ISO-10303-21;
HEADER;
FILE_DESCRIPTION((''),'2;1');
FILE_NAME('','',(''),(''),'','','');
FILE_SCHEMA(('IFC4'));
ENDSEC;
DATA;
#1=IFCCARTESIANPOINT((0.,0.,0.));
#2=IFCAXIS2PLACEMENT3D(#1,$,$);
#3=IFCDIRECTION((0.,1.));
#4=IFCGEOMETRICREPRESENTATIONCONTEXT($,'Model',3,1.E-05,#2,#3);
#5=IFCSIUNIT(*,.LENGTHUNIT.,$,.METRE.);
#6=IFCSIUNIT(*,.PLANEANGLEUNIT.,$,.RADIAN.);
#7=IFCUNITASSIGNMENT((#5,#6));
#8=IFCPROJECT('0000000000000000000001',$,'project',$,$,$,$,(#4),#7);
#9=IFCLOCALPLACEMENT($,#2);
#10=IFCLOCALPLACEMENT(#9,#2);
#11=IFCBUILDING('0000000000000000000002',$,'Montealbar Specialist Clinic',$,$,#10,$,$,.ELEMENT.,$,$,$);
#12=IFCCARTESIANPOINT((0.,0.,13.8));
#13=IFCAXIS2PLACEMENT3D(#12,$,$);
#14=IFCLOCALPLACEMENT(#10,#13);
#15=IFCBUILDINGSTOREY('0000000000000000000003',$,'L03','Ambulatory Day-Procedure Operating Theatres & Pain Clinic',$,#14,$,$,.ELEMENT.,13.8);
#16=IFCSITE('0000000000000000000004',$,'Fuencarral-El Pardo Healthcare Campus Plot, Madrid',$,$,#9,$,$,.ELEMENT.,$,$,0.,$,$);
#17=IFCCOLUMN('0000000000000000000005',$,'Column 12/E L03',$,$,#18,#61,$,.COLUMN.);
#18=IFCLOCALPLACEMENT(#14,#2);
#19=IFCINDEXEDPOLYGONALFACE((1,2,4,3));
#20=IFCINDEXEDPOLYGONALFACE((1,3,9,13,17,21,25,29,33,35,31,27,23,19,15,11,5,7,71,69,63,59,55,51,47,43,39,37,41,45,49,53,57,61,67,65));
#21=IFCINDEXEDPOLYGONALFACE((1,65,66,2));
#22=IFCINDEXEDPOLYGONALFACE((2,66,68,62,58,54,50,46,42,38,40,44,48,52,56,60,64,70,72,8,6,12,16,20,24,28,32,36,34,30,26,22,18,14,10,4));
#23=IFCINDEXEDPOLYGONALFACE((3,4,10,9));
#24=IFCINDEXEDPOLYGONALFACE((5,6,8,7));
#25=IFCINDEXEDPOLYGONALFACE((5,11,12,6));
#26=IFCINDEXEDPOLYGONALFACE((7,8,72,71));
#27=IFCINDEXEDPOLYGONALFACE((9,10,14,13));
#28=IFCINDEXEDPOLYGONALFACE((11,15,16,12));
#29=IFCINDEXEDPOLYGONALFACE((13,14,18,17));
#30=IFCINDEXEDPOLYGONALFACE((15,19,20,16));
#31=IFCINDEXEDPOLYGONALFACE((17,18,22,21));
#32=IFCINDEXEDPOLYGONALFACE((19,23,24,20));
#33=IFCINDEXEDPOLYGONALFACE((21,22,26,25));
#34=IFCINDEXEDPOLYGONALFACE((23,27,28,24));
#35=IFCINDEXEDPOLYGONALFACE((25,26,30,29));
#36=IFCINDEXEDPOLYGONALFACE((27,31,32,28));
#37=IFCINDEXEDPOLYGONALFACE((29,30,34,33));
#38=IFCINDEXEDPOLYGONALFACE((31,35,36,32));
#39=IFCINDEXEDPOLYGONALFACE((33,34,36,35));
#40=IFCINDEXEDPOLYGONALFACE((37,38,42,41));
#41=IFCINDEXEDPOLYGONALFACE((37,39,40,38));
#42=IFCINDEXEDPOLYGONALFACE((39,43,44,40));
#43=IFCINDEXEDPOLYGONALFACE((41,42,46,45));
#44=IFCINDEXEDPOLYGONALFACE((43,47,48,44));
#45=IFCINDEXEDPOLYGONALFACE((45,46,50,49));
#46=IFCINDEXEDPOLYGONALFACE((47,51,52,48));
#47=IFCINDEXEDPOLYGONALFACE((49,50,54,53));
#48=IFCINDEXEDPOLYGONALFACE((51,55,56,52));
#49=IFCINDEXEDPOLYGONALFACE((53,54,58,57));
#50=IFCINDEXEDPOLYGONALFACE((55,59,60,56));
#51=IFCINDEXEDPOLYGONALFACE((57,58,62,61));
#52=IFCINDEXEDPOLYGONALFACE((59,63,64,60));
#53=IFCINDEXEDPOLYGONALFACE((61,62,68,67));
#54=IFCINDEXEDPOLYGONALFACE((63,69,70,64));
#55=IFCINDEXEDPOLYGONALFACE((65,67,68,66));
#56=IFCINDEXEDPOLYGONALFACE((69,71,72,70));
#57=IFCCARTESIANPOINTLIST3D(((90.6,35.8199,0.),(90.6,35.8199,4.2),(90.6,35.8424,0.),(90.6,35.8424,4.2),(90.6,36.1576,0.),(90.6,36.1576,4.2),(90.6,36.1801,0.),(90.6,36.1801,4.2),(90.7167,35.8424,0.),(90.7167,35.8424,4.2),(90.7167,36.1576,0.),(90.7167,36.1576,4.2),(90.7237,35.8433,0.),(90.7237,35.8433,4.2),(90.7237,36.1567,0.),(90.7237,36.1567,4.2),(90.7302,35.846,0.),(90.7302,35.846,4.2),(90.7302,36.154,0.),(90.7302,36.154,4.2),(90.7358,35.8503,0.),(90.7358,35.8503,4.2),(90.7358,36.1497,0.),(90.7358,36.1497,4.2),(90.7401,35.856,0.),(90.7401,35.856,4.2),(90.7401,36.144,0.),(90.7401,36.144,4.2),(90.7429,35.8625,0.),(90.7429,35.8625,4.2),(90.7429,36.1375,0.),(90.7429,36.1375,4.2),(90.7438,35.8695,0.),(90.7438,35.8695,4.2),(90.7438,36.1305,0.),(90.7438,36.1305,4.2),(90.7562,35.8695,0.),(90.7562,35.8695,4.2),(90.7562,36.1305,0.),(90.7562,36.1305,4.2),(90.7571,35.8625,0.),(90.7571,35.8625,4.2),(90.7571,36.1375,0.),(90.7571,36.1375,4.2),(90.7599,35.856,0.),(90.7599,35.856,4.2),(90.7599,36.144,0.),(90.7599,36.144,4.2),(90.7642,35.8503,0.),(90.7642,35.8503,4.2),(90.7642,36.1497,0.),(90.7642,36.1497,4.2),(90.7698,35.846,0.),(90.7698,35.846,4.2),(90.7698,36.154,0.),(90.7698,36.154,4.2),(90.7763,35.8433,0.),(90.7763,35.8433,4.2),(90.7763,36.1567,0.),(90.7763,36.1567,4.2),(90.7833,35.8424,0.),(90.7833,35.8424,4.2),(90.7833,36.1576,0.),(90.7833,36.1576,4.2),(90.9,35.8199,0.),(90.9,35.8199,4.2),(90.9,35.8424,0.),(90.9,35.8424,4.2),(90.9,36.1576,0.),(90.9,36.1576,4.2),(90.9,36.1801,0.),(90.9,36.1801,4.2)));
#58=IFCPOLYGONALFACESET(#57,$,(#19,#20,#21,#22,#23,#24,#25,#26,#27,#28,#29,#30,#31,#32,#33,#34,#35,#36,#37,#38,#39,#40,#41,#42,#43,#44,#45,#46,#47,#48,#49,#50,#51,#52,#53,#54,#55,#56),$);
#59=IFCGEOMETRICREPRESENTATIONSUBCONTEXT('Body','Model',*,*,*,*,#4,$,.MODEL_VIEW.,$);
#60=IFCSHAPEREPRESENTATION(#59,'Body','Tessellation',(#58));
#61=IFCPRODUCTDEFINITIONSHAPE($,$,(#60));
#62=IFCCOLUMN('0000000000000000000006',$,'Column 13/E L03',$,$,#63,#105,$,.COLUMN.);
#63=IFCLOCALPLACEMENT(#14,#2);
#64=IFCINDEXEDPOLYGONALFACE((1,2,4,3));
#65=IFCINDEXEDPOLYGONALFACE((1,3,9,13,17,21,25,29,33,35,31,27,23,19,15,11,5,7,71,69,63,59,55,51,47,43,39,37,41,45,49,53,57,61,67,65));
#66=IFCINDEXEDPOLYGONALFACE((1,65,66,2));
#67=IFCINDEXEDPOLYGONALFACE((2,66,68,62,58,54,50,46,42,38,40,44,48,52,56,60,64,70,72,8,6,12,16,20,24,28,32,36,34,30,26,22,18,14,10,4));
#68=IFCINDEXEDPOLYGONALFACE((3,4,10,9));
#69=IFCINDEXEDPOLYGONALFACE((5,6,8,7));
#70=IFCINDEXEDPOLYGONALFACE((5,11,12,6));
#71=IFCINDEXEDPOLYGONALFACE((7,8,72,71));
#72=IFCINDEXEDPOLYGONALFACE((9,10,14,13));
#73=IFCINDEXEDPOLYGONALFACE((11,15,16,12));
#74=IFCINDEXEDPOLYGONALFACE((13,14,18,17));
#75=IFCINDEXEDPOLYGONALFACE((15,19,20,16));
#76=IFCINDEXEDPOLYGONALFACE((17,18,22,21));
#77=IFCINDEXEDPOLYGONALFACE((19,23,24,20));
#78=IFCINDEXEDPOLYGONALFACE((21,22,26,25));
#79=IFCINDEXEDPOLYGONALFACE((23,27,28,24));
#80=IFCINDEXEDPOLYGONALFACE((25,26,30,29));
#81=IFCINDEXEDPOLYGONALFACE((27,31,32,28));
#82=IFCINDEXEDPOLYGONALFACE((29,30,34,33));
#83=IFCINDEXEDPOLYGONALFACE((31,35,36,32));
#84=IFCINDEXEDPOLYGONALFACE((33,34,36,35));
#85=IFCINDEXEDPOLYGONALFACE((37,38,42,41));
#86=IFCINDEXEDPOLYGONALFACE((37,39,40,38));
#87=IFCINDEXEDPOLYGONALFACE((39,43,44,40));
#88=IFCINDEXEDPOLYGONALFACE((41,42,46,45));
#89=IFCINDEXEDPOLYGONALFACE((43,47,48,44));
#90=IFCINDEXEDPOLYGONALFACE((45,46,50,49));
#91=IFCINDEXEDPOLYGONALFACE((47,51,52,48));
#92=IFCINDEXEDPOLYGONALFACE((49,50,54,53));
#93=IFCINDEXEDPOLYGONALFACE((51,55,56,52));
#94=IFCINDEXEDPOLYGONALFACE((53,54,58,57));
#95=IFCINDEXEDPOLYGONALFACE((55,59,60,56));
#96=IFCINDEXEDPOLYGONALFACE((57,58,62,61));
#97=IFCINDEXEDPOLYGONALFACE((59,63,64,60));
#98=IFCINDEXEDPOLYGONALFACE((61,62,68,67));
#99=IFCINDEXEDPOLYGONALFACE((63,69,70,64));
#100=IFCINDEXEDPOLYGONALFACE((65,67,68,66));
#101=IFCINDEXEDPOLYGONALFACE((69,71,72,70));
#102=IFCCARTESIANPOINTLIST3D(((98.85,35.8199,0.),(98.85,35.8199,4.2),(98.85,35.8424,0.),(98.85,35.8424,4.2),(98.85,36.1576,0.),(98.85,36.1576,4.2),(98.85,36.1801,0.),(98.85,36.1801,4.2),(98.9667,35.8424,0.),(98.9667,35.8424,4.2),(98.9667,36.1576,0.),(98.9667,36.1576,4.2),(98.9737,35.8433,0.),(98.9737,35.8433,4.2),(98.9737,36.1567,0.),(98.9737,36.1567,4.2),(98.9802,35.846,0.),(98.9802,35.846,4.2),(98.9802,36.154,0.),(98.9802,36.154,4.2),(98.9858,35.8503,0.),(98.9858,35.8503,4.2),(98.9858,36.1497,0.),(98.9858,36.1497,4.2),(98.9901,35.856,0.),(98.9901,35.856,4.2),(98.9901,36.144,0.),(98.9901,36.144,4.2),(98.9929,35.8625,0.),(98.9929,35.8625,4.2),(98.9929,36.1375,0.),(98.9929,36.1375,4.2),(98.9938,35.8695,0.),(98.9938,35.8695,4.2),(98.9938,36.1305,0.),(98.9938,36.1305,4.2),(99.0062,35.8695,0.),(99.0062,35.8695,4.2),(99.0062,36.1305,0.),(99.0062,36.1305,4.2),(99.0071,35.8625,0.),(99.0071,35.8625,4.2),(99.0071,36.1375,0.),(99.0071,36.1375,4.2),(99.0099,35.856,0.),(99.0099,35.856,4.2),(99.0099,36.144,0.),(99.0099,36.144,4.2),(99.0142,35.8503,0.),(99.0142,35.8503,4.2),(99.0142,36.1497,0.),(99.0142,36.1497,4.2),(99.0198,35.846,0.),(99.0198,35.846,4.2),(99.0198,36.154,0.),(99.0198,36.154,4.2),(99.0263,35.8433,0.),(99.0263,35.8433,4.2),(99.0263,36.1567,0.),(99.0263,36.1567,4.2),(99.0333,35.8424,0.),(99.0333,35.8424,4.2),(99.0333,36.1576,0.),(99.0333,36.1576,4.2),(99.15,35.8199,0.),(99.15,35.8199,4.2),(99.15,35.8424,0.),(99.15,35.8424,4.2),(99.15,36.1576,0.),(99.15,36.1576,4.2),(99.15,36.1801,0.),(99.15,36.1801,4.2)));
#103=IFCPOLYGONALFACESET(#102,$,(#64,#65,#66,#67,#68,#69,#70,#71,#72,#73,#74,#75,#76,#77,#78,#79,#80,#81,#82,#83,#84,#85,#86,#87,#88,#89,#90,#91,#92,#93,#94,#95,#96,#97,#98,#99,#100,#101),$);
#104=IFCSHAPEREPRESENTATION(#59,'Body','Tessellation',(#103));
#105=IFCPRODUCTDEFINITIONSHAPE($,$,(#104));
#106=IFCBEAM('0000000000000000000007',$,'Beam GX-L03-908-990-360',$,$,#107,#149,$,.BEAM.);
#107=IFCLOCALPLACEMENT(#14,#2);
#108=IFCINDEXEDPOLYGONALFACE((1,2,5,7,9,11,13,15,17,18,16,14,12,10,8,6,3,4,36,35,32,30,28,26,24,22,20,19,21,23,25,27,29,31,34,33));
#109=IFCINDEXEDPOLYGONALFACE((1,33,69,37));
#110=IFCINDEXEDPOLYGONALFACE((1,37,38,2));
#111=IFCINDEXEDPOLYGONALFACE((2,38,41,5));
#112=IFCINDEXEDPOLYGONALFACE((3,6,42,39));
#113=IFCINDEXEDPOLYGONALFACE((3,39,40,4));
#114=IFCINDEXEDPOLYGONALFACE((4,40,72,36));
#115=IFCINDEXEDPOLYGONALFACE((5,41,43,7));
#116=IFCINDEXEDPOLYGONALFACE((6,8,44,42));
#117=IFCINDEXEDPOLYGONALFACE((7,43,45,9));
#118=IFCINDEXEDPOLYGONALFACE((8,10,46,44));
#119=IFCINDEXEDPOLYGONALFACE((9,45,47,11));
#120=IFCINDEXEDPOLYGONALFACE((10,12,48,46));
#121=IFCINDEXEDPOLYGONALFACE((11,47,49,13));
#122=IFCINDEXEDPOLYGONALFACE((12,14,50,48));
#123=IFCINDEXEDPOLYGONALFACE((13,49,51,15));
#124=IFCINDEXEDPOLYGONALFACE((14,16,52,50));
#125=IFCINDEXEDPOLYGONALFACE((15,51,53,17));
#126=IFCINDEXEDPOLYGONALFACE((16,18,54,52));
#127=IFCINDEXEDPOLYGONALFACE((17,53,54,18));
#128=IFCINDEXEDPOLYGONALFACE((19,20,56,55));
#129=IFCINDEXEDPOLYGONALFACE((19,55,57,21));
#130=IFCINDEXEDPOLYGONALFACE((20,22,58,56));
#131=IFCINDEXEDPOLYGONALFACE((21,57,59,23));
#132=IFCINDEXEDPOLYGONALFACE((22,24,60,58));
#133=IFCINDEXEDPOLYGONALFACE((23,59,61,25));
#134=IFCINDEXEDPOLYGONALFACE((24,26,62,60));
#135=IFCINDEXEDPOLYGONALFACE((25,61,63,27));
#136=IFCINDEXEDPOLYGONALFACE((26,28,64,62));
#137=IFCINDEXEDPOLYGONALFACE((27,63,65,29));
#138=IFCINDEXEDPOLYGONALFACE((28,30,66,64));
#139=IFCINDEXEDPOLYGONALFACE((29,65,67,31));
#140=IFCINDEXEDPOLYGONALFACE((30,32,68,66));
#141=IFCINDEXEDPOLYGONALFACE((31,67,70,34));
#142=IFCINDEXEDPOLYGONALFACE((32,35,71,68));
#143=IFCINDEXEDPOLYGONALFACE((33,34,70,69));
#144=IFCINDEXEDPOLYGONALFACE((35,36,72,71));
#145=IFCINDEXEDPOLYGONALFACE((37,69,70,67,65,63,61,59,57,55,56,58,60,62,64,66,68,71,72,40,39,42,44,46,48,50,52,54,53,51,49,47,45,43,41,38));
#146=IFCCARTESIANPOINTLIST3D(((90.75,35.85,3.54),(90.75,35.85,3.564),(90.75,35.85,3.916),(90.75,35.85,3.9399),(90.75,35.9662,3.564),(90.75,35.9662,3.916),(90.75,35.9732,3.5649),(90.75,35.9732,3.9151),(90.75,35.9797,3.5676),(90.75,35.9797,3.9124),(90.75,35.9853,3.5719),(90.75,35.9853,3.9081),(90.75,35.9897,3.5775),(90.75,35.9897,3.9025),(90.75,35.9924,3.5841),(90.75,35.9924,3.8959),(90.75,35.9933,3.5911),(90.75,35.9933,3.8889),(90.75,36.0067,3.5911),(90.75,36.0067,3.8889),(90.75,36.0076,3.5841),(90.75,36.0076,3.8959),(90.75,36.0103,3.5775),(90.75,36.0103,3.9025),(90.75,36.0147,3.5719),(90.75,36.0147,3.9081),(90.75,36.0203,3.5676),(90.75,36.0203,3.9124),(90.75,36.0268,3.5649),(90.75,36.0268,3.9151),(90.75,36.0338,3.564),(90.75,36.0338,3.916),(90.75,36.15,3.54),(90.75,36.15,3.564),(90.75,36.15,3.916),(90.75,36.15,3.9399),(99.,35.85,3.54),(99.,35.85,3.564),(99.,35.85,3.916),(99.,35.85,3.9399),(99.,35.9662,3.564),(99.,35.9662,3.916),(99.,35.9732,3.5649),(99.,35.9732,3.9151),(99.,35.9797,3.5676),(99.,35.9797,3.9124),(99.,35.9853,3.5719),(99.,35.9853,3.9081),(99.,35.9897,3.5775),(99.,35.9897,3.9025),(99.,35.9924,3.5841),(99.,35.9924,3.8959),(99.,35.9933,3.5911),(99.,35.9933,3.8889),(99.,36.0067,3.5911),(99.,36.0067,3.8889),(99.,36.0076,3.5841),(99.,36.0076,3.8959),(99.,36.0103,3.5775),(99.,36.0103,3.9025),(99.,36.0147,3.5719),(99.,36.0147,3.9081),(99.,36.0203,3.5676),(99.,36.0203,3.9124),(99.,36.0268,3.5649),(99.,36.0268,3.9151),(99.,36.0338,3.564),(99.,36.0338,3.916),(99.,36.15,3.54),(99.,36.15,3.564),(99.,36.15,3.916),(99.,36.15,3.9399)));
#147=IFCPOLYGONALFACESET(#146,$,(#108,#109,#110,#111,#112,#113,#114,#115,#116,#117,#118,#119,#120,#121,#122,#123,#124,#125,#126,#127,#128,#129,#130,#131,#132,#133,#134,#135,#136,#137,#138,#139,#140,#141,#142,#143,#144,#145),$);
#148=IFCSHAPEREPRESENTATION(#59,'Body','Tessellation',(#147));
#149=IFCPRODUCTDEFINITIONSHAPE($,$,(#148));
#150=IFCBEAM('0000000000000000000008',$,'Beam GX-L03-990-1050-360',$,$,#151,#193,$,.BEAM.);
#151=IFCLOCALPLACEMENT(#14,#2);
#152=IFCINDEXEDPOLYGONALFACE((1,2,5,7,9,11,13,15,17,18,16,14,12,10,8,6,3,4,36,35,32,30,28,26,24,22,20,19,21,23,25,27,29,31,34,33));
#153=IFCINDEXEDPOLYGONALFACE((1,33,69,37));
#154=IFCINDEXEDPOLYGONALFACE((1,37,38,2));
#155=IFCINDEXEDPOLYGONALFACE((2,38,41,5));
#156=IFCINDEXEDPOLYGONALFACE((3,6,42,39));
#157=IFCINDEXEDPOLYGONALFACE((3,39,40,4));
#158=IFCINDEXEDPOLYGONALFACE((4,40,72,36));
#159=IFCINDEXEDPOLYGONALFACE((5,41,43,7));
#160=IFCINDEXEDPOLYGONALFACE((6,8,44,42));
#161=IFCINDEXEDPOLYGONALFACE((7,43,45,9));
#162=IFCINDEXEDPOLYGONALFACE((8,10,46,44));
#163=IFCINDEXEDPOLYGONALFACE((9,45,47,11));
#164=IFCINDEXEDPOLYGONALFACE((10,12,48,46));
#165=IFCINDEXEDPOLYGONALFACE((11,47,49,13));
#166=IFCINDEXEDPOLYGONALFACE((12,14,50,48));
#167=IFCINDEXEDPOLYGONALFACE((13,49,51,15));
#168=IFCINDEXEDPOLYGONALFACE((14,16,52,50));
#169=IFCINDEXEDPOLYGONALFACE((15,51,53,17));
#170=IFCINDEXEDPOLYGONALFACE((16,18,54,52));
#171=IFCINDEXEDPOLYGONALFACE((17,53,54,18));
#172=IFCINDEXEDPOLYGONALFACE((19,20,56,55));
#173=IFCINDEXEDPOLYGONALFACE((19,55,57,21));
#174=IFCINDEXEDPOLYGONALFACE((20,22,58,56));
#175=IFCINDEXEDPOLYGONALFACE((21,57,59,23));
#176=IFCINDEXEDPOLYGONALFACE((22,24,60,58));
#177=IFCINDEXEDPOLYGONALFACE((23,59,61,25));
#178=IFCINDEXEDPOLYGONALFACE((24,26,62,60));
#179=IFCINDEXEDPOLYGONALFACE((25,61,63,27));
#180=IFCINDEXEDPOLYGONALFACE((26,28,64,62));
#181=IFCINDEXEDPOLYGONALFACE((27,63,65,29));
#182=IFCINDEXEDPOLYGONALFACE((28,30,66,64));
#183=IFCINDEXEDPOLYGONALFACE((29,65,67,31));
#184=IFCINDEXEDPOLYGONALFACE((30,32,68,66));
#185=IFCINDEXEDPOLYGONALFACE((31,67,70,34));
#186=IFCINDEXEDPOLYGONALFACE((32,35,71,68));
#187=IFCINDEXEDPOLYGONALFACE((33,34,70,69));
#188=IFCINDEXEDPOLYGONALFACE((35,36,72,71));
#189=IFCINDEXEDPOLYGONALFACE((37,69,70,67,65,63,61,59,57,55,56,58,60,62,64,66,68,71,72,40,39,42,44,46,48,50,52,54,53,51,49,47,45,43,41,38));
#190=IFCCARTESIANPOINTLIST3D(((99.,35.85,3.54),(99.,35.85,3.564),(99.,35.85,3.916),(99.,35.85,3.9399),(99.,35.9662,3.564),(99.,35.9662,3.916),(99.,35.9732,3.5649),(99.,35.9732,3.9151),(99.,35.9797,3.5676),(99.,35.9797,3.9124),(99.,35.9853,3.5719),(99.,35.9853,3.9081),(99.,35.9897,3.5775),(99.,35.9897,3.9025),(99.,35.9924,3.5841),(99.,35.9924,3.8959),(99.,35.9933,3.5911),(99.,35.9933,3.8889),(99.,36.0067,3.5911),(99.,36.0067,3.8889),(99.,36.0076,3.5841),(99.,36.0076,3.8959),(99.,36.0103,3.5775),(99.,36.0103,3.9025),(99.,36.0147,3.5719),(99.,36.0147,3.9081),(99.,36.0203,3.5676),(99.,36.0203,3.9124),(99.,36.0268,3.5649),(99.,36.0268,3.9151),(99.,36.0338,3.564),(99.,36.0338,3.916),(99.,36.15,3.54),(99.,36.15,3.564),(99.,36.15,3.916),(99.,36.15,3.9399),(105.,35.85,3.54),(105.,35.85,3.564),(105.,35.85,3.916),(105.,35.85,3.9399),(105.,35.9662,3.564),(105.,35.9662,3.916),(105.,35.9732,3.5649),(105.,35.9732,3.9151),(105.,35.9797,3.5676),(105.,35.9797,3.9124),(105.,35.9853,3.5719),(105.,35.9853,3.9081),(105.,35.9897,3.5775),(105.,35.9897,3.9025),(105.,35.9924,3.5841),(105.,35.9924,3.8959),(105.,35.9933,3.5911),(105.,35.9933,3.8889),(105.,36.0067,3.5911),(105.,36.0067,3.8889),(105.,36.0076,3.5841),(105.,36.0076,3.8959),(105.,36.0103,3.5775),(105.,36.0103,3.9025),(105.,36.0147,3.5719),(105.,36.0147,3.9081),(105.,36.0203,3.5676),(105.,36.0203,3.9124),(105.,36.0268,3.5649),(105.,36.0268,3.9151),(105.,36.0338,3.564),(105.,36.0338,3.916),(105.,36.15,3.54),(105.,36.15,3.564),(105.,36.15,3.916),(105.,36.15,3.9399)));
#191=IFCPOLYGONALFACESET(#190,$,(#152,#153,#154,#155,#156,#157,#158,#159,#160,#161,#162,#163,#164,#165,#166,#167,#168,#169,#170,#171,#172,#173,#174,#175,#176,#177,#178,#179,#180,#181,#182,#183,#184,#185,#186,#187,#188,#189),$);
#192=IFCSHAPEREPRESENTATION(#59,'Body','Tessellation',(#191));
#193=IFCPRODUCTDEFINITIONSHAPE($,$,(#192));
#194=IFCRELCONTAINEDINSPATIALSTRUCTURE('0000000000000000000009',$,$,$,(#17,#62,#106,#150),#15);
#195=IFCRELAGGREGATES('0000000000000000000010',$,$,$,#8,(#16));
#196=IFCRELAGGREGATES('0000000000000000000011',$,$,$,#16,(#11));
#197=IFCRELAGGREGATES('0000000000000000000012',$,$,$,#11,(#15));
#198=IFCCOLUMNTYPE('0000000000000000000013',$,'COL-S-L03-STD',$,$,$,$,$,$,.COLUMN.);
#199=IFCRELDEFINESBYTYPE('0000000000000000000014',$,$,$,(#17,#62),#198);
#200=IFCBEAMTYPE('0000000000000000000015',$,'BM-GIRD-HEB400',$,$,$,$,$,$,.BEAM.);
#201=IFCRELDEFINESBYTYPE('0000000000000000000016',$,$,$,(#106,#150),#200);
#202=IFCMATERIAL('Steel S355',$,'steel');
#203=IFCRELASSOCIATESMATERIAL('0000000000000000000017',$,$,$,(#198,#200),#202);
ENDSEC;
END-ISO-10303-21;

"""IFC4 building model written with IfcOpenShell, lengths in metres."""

from ifc_helpers import new_model, si_unit, direction, frame, origin, origin_2d, place, context, subcontext, project, spatial, i_section, extrude, material, material_profile, profile_set, type_object, element, save


model = new_model("IFC4")

# Units and contexts
model_context = context("Model", 3, precision=1e-05, world=origin(), true_north=direction((0.0, 1.0)))
body_context = subcontext(model_context, "Body", "Model", "MODEL_VIEW")
ifc_project = project(units=[si_unit("LENGTHUNIT", "METRE"), si_unit("PLANEANGLEUNIT", "RADIAN")], contexts=[model_context])

# Site, building, storey
site_placement = place(None, origin())
site = spatial("IfcSite", under=ifc_project, at=site_placement, Name="Fuencarral-El Pardo Healthcare Campus Plot, Madrid", CompositionType="ELEMENT", RefElevation=0.0)
building_placement = place(site_placement, origin())
building = spatial("IfcBuilding", under=site, at=building_placement, Name="Montealbar Specialist Clinic", CompositionType="ELEMENT")
storey_placement = place(building_placement, frame((0.0, 0.0, 13.8)))
storey = spatial("IfcBuildingStorey", under=building, at=storey_placement, Name="L03", Description="Ambulatory Day-Procedure Operating Theatres & Pain Clinic", CompositionType="ELEMENT", Elevation=13.8)

# Columns
ifc_material_1 = material(Name="Steel S355", Category="steel")
ifc_material_profile_1 = material_profile(ifc_material_1, i_section(OverallWidth=0.3, OverallDepth=0.3601, WebThickness=0.0125, FlangeThickness=0.0225, FilletRadius=0.0271, at=origin_2d()), Name="HEB 360", Category="steel")
ifc_profile_set_1 = profile_set([ifc_material_profile_1], Name="Steel S355")
column_type = type_object("IfcColumnType", Name="COL-S-L03-STD", PredefinedType="COLUMN", material=ifc_profile_set_1)
for number, where, z_axis, x_axis, name in (
    (1, (90.75, 36.0, 0.0), (0.0, 0.0, 1.0), (1.0, 0.0, 0.0), "Column 12/E L03"),
    (2, (99.0, 36.0, 0.0), (0.0, 0.0, 1.0), (1.0, 0.0, 0.0), "Column 13/E L03"),
):
    element("IfcColumn", number, at=place(storey_placement, frame(where, z_axis=z_axis, x_axis=x_axis)), inside=storey, type_object=column_type, Name=name, PredefinedType="COLUMN", context=body_context, shape_type="SweptSolid", body=[
        extrude(i_section(OverallWidth=0.3, OverallDepth=0.3601, WebThickness=0.0125, FlangeThickness=0.0225, FilletRadius=0.0271, at=origin_2d()), origin(), (0.0, 0.0, 1.0), 4.2),
    ])

# Beams
ifc_material_profile_2 = material_profile(ifc_material_1, i_section(OverallWidth=0.3, OverallDepth=0.3999, WebThickness=0.0134, FlangeThickness=0.0239, FilletRadius=0.0271, at=origin_2d()), Name="HEB 400", Category="steel")
ifc_profile_set_2 = profile_set([ifc_material_profile_2], Name="Steel S355")
beam_type_1 = type_object("IfcBeamType", Name="BM-GIRD-HEB400", PredefinedType="BEAM", material=ifc_profile_set_2)
beam_1_placement = place(storey_placement, frame((90.75, 36.0, 3.74), z_axis=(1.0, 0.0, 0.0), x_axis=(0.0, 1.0, 0.0)))
element("IfcBeam", 3, at=beam_1_placement, inside=storey, type_object=beam_type_1, Name="Beam GX-L03-908-990-360", PredefinedType="BEAM", context=body_context, shape_type="SweptSolid", body=[
    extrude(i_section(OverallWidth=0.3, OverallDepth=0.3999, WebThickness=0.0134, FlangeThickness=0.0239, FilletRadius=0.0271, at=origin_2d()), origin(), (0.0, 0.0, 1.0), 8.25),
])
beam_2_placement = place(storey_placement, frame((99.0, 36.0, 3.74), z_axis=(1.0, 0.0, 0.0), x_axis=(0.0, 1.0, 0.0)))
element("IfcBeam", 4, at=beam_2_placement, inside=storey, type_object=beam_type_1, Name="Beam GX-L03-990-1050-360", PredefinedType="BEAM", context=body_context, shape_type="SweptSolid", body=[
    extrude(i_section(OverallWidth=0.3, OverallDepth=0.3999, WebThickness=0.0134, FlangeThickness=0.0239, FilletRadius=0.0271, at=origin_2d()), origin(), (0.0, 0.0, 1.0), 6.0),
])

save(model, "model.ifc")
